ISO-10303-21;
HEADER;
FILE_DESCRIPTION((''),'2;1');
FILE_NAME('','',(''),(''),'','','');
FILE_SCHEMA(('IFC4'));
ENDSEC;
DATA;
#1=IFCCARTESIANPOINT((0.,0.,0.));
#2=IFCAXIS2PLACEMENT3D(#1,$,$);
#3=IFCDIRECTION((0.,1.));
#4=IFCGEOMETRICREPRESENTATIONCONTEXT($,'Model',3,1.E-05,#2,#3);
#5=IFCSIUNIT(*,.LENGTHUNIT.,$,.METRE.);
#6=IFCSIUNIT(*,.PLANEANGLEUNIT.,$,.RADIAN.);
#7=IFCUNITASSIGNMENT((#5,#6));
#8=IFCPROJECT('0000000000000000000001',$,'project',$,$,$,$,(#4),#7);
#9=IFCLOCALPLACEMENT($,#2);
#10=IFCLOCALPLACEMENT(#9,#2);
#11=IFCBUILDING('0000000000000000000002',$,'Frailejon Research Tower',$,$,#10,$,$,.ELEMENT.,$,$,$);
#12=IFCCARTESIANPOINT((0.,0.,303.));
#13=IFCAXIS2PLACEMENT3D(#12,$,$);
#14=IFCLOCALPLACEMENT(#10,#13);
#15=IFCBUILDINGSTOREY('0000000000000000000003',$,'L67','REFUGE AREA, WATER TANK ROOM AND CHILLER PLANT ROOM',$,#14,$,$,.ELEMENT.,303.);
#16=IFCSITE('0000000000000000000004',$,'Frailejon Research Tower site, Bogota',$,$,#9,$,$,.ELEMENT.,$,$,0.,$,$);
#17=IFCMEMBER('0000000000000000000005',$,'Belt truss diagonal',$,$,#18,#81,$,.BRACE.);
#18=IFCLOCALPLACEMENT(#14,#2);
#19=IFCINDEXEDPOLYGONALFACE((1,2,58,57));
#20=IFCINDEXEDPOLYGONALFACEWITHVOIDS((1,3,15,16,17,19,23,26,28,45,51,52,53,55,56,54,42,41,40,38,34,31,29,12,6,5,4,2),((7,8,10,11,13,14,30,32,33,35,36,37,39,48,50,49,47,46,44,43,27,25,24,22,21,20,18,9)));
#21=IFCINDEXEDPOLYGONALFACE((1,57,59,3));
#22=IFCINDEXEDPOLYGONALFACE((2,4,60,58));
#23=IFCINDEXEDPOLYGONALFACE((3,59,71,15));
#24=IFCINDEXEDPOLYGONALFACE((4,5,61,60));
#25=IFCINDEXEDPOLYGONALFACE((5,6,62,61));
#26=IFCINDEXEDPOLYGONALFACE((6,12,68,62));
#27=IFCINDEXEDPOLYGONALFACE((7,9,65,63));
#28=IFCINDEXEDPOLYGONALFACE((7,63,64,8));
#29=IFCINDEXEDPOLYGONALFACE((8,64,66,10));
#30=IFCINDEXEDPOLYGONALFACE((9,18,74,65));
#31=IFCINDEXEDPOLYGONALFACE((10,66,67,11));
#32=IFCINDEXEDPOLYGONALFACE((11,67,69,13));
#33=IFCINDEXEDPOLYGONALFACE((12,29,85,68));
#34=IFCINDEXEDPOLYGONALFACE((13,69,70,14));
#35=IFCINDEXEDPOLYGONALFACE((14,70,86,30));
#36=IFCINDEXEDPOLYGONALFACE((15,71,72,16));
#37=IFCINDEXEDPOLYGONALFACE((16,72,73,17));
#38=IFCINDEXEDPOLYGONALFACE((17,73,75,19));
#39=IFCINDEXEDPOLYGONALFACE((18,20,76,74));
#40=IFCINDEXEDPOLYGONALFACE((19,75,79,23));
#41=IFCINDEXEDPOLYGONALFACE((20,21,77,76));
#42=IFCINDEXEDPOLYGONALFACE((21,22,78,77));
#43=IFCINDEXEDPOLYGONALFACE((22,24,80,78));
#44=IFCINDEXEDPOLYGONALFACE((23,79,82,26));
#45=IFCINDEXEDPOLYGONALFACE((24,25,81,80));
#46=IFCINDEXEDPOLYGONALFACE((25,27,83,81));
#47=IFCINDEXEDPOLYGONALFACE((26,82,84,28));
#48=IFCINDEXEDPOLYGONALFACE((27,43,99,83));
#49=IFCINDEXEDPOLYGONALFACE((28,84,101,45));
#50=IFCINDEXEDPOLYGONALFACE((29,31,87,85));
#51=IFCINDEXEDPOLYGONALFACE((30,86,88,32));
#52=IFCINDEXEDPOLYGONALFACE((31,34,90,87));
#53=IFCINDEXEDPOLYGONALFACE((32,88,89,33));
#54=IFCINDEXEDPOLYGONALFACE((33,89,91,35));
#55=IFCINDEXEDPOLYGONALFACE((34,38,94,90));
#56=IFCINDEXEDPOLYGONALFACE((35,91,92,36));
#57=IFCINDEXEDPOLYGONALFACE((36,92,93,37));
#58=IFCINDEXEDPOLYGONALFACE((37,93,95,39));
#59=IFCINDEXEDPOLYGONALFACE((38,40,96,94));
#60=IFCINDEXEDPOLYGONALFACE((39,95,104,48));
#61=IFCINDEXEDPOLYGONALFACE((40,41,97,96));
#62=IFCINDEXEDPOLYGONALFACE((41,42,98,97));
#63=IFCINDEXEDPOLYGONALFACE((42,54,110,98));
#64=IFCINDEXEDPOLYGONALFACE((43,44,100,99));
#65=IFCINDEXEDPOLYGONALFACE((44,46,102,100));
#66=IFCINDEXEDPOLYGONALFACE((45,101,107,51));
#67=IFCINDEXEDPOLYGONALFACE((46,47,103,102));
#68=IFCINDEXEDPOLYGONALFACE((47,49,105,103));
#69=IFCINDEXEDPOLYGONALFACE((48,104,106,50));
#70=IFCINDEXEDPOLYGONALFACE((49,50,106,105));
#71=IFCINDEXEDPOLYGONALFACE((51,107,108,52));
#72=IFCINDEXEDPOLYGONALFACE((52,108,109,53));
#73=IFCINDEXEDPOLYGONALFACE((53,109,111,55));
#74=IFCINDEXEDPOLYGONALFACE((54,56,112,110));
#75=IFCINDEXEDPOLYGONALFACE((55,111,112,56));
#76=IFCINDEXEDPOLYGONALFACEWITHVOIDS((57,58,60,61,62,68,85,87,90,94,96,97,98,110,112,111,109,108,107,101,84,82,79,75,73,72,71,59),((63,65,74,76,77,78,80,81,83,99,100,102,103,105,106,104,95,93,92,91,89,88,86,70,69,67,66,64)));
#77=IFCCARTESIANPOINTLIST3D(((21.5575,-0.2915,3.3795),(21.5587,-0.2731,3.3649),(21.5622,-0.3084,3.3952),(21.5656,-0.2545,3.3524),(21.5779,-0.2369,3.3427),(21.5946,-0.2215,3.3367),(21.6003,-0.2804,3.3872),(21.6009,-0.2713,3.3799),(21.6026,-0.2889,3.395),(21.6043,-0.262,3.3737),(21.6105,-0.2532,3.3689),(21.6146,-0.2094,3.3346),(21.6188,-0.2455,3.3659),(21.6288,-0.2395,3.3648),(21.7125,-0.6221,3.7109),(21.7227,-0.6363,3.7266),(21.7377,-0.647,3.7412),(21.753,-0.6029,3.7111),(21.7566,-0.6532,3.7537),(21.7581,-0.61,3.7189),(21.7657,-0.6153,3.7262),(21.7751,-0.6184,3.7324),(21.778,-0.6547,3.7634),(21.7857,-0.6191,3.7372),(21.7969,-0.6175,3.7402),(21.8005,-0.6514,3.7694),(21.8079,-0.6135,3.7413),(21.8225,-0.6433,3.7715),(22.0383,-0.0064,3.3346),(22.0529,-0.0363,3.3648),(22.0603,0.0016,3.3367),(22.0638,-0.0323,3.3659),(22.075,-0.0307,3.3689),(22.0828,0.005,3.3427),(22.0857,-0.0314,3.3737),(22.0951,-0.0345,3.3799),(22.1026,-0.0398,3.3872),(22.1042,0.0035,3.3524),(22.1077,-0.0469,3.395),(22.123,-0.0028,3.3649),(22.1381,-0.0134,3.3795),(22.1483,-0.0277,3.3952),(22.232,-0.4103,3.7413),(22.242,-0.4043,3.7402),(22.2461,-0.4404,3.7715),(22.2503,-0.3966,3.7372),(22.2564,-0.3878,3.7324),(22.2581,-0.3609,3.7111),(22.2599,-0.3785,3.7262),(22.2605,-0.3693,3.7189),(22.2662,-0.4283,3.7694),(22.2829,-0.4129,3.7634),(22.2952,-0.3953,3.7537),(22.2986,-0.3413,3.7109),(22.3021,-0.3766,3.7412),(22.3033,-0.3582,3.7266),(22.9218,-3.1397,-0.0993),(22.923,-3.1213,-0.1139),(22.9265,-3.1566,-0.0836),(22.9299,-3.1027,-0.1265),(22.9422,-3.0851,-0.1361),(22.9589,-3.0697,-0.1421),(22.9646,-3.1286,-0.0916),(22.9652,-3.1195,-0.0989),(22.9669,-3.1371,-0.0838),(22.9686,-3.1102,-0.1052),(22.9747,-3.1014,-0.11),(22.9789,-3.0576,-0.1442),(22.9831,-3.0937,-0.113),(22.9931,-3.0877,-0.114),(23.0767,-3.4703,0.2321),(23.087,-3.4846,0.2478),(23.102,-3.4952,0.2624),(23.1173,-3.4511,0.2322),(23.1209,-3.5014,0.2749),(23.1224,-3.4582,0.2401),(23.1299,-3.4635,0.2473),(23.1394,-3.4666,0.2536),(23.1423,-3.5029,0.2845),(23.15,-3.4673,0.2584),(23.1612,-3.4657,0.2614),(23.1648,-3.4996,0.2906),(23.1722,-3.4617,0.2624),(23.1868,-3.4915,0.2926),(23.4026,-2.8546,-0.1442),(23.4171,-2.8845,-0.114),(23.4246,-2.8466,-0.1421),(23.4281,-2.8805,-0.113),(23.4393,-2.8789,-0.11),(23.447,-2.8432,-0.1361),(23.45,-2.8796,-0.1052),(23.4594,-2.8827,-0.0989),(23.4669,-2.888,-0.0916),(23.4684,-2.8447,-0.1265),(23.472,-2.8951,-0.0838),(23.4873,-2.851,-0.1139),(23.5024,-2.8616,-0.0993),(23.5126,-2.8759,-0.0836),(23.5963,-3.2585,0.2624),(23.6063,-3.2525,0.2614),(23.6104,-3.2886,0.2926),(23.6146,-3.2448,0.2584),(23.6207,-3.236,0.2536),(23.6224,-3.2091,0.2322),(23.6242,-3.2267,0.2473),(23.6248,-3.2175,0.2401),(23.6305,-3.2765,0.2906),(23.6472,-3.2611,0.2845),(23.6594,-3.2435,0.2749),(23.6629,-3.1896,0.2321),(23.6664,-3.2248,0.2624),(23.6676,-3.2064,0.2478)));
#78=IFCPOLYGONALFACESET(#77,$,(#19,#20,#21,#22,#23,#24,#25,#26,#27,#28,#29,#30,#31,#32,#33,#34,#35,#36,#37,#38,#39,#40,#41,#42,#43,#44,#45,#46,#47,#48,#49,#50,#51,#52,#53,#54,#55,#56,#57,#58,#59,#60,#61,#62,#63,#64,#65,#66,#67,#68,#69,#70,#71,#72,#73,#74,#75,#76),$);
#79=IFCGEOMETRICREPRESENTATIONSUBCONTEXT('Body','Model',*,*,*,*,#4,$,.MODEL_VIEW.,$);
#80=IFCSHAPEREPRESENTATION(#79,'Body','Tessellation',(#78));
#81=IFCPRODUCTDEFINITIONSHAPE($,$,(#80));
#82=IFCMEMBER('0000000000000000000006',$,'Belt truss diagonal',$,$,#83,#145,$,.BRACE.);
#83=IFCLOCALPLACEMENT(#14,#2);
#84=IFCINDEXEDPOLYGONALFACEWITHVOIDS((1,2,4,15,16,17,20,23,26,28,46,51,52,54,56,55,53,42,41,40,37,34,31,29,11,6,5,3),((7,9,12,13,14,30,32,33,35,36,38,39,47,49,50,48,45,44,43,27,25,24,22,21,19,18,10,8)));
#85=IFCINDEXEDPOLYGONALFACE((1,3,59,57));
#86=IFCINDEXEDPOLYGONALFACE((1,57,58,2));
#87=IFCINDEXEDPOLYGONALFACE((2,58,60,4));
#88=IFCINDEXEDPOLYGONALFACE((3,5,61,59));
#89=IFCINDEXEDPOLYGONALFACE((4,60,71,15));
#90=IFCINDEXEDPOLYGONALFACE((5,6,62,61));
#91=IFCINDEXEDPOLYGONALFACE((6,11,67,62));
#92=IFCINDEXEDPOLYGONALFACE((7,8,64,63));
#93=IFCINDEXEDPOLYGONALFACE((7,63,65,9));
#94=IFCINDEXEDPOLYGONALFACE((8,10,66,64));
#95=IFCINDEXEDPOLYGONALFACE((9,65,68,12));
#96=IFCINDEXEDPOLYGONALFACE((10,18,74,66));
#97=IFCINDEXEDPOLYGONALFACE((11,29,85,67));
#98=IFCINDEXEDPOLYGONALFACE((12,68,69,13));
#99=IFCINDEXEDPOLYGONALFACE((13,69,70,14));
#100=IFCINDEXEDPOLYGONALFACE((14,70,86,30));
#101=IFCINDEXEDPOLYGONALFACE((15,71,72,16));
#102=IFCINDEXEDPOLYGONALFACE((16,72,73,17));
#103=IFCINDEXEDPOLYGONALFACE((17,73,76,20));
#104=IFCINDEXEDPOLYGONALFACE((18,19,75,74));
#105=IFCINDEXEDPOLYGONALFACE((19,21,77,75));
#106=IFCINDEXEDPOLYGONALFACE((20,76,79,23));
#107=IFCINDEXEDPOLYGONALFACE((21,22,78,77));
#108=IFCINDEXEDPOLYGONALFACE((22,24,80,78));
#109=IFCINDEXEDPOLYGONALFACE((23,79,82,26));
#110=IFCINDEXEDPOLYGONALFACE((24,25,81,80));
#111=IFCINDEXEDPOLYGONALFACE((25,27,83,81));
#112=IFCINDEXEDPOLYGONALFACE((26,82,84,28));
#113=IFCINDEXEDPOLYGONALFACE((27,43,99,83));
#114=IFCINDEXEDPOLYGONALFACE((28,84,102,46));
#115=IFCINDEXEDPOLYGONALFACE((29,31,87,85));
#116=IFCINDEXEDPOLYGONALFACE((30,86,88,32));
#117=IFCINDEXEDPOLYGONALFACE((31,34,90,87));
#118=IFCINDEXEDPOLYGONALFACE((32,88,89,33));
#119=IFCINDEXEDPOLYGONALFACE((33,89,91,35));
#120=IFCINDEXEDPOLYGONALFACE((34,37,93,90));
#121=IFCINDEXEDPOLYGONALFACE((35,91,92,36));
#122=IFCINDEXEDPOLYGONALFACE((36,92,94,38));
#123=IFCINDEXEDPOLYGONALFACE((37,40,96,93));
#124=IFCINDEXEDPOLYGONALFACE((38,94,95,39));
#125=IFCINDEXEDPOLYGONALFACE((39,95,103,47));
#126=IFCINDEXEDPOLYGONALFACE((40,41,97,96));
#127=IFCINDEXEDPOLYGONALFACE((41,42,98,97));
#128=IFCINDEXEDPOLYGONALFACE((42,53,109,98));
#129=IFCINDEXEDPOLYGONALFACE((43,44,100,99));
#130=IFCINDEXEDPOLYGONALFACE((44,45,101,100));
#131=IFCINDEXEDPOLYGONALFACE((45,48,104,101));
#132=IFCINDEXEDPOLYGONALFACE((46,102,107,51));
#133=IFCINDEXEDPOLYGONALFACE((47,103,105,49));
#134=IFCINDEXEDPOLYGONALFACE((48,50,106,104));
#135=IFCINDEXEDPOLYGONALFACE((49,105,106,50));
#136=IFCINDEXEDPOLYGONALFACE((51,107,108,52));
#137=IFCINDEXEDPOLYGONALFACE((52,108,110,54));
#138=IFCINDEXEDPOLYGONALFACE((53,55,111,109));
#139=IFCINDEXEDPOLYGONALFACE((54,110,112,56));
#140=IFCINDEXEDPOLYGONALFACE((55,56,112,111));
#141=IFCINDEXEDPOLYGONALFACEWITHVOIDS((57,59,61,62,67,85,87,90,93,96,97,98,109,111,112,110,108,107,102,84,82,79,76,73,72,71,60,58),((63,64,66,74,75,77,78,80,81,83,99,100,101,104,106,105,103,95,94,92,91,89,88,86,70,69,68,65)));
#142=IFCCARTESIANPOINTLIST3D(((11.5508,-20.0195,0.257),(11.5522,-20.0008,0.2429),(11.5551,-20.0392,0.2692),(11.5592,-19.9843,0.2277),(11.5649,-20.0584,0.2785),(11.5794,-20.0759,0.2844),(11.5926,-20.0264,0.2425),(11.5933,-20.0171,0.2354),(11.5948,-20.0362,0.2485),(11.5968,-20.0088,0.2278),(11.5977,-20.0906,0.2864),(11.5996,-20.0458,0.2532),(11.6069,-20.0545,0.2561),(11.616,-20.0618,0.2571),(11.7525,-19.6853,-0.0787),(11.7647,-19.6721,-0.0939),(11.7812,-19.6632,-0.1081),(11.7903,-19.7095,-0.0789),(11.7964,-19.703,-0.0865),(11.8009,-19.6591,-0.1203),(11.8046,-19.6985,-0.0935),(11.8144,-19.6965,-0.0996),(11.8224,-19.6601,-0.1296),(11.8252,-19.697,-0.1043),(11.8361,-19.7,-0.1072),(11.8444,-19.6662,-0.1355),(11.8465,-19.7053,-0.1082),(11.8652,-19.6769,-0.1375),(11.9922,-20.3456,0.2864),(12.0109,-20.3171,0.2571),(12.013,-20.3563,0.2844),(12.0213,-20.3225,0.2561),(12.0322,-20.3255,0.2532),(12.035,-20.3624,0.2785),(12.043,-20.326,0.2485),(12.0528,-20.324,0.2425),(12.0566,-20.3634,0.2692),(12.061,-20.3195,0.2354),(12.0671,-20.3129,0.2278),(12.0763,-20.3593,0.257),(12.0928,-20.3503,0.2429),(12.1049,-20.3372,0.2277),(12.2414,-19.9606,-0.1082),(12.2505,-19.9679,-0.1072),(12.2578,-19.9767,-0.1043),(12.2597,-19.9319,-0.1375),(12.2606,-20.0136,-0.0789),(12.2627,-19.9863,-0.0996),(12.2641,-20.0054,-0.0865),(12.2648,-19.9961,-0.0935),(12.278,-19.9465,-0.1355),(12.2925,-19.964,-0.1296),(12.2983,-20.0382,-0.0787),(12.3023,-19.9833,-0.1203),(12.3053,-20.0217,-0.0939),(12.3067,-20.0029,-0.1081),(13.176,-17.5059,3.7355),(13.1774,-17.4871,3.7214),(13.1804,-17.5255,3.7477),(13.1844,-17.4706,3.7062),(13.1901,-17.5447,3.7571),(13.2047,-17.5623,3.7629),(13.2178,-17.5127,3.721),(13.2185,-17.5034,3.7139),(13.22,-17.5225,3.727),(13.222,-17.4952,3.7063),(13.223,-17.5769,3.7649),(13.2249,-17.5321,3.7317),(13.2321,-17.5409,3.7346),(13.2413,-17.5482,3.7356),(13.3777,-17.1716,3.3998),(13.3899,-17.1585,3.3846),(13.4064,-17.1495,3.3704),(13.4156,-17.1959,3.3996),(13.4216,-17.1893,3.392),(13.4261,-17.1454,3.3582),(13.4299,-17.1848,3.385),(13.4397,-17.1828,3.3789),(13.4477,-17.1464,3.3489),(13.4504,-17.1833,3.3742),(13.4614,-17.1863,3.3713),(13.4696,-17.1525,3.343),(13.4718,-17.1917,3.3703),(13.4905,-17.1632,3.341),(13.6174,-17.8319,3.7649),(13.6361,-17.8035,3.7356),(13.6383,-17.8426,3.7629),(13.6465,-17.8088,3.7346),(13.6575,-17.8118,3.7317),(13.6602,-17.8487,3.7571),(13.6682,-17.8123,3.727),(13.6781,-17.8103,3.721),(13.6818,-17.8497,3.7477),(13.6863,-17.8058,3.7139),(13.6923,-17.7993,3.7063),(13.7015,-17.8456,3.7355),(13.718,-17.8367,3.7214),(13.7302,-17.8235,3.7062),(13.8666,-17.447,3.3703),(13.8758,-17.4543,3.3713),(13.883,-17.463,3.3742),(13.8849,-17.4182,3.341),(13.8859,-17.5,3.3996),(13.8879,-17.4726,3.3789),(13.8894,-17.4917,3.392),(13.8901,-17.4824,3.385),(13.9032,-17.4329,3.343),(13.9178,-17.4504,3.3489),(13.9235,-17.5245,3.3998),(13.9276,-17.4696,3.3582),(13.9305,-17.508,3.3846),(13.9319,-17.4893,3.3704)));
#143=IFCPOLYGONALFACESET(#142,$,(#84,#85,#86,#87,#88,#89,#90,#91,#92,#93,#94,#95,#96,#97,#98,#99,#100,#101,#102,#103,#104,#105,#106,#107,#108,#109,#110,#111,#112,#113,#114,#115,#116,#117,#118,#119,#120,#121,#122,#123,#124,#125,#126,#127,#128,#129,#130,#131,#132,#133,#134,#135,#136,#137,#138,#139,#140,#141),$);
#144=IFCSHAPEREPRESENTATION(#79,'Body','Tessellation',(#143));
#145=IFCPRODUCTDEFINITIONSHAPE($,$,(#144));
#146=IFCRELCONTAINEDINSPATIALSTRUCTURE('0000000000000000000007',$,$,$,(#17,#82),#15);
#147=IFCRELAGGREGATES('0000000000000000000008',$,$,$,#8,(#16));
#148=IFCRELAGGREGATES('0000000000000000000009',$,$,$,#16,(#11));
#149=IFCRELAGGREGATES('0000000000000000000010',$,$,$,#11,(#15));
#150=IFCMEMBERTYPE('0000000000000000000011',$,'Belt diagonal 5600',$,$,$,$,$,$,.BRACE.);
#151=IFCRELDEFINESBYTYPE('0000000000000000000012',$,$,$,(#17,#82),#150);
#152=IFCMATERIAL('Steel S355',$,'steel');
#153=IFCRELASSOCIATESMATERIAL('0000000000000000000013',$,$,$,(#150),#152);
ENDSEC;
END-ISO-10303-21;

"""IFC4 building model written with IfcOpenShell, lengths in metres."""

from ifc_helpers import new_model, si_unit, direction, frame, origin, origin_2d, place, context, subcontext, project, spatial, hollow_rectangle, extrude, material, material_profile, profile_set, type_object, element, save


model = new_model("IFC4")

# Units and contexts
model_context = context("Model", 3, precision=1e-05, world=origin(), true_north=direction((0.0, 1.0)))
body_context = subcontext(model_context, "Body", "Model", "MODEL_VIEW")
ifc_project = project(units=[si_unit("LENGTHUNIT", "METRE"), si_unit("PLANEANGLEUNIT", "RADIAN")], contexts=[model_context])

# Site, building, storey
site_placement = place(None, origin())
site = spatial("IfcSite", under=ifc_project, at=site_placement, Name="Frailejon Research Tower site, Bogota", CompositionType="ELEMENT", RefElevation=0.0)
building_placement = place(site_placement, origin())
building = spatial("IfcBuilding", under=site, at=building_placement, Name="Frailejon Research Tower", CompositionType="ELEMENT")
storey_placement = place(building_placement, frame((0.0, 0.0, 303.0)))
storey = spatial("IfcBuildingStorey", under=building, at=storey_placement, Name="L67", Description="REFUGE AREA, WATER TANK ROOM AND CHILLER PLANT ROOM", CompositionType="ELEMENT", Elevation=303.0)

# Members
ifc_material_1 = material(Name="Steel S355", Category="steel")
ifc_material_profile_1 = material_profile(ifc_material_1, hollow_rectangle(XDim=0.6499, YDim=0.6499, WallThickness=0.0449, InnerFilletRadius=0.0449, OuterFilletRadius=0.0901, at=origin_2d()), Name="Belt diagonal 5600")
ifc_profile_set_1 = profile_set([ifc_material_profile_1], Name="Steel S355")
member_type = type_object("IfcMemberType", Name="Belt diagonal 5600", PredefinedType="BRACE", material=ifc_profile_set_1)
member_1_placement = place(storey_placement, frame((23.2947, -3.1731, 0.0742), z_axis=(-0.290367, 0.606195, 0.740415), x_axis=(-0.901875, -0.431997, 0.0)))
element("IfcMember", 1, at=member_1_placement, inside=storey, type_object=member_type, Name="Belt truss diagonal", PredefinedType="BRACE", context=body_context, shape_type="SweptSolid", body=[
    extrude(hollow_rectangle(XDim=0.6499, YDim=0.6499, WallThickness=0.0449, InnerFilletRadius=0.0449, OuterFilletRadius=0.0901, at=origin_2d()), origin(), (0.0, 0.0, 1.0), 4.6985),
])
member_2_placement = place(storey_placement, frame((11.9287, -20.0112, 0.0745), z_axis=(0.354151, 0.547746, 0.757992), x_axis=(-0.83976, 0.542957, 0.0)))
element("IfcMember", 2, at=member_2_placement, inside=storey, type_object=member_type, Name="Belt truss diagonal", PredefinedType="BRACE", context=body_context, shape_type="SweptSolid", body=[
    extrude(hollow_rectangle(XDim=0.6499, YDim=0.6499, WallThickness=0.0449, InnerFilletRadius=0.0449, OuterFilletRadius=0.0901, at=origin_2d()), origin(), (0.0, 0.0, 1.0), 4.5891),
])

save(model, "model.ifc")
